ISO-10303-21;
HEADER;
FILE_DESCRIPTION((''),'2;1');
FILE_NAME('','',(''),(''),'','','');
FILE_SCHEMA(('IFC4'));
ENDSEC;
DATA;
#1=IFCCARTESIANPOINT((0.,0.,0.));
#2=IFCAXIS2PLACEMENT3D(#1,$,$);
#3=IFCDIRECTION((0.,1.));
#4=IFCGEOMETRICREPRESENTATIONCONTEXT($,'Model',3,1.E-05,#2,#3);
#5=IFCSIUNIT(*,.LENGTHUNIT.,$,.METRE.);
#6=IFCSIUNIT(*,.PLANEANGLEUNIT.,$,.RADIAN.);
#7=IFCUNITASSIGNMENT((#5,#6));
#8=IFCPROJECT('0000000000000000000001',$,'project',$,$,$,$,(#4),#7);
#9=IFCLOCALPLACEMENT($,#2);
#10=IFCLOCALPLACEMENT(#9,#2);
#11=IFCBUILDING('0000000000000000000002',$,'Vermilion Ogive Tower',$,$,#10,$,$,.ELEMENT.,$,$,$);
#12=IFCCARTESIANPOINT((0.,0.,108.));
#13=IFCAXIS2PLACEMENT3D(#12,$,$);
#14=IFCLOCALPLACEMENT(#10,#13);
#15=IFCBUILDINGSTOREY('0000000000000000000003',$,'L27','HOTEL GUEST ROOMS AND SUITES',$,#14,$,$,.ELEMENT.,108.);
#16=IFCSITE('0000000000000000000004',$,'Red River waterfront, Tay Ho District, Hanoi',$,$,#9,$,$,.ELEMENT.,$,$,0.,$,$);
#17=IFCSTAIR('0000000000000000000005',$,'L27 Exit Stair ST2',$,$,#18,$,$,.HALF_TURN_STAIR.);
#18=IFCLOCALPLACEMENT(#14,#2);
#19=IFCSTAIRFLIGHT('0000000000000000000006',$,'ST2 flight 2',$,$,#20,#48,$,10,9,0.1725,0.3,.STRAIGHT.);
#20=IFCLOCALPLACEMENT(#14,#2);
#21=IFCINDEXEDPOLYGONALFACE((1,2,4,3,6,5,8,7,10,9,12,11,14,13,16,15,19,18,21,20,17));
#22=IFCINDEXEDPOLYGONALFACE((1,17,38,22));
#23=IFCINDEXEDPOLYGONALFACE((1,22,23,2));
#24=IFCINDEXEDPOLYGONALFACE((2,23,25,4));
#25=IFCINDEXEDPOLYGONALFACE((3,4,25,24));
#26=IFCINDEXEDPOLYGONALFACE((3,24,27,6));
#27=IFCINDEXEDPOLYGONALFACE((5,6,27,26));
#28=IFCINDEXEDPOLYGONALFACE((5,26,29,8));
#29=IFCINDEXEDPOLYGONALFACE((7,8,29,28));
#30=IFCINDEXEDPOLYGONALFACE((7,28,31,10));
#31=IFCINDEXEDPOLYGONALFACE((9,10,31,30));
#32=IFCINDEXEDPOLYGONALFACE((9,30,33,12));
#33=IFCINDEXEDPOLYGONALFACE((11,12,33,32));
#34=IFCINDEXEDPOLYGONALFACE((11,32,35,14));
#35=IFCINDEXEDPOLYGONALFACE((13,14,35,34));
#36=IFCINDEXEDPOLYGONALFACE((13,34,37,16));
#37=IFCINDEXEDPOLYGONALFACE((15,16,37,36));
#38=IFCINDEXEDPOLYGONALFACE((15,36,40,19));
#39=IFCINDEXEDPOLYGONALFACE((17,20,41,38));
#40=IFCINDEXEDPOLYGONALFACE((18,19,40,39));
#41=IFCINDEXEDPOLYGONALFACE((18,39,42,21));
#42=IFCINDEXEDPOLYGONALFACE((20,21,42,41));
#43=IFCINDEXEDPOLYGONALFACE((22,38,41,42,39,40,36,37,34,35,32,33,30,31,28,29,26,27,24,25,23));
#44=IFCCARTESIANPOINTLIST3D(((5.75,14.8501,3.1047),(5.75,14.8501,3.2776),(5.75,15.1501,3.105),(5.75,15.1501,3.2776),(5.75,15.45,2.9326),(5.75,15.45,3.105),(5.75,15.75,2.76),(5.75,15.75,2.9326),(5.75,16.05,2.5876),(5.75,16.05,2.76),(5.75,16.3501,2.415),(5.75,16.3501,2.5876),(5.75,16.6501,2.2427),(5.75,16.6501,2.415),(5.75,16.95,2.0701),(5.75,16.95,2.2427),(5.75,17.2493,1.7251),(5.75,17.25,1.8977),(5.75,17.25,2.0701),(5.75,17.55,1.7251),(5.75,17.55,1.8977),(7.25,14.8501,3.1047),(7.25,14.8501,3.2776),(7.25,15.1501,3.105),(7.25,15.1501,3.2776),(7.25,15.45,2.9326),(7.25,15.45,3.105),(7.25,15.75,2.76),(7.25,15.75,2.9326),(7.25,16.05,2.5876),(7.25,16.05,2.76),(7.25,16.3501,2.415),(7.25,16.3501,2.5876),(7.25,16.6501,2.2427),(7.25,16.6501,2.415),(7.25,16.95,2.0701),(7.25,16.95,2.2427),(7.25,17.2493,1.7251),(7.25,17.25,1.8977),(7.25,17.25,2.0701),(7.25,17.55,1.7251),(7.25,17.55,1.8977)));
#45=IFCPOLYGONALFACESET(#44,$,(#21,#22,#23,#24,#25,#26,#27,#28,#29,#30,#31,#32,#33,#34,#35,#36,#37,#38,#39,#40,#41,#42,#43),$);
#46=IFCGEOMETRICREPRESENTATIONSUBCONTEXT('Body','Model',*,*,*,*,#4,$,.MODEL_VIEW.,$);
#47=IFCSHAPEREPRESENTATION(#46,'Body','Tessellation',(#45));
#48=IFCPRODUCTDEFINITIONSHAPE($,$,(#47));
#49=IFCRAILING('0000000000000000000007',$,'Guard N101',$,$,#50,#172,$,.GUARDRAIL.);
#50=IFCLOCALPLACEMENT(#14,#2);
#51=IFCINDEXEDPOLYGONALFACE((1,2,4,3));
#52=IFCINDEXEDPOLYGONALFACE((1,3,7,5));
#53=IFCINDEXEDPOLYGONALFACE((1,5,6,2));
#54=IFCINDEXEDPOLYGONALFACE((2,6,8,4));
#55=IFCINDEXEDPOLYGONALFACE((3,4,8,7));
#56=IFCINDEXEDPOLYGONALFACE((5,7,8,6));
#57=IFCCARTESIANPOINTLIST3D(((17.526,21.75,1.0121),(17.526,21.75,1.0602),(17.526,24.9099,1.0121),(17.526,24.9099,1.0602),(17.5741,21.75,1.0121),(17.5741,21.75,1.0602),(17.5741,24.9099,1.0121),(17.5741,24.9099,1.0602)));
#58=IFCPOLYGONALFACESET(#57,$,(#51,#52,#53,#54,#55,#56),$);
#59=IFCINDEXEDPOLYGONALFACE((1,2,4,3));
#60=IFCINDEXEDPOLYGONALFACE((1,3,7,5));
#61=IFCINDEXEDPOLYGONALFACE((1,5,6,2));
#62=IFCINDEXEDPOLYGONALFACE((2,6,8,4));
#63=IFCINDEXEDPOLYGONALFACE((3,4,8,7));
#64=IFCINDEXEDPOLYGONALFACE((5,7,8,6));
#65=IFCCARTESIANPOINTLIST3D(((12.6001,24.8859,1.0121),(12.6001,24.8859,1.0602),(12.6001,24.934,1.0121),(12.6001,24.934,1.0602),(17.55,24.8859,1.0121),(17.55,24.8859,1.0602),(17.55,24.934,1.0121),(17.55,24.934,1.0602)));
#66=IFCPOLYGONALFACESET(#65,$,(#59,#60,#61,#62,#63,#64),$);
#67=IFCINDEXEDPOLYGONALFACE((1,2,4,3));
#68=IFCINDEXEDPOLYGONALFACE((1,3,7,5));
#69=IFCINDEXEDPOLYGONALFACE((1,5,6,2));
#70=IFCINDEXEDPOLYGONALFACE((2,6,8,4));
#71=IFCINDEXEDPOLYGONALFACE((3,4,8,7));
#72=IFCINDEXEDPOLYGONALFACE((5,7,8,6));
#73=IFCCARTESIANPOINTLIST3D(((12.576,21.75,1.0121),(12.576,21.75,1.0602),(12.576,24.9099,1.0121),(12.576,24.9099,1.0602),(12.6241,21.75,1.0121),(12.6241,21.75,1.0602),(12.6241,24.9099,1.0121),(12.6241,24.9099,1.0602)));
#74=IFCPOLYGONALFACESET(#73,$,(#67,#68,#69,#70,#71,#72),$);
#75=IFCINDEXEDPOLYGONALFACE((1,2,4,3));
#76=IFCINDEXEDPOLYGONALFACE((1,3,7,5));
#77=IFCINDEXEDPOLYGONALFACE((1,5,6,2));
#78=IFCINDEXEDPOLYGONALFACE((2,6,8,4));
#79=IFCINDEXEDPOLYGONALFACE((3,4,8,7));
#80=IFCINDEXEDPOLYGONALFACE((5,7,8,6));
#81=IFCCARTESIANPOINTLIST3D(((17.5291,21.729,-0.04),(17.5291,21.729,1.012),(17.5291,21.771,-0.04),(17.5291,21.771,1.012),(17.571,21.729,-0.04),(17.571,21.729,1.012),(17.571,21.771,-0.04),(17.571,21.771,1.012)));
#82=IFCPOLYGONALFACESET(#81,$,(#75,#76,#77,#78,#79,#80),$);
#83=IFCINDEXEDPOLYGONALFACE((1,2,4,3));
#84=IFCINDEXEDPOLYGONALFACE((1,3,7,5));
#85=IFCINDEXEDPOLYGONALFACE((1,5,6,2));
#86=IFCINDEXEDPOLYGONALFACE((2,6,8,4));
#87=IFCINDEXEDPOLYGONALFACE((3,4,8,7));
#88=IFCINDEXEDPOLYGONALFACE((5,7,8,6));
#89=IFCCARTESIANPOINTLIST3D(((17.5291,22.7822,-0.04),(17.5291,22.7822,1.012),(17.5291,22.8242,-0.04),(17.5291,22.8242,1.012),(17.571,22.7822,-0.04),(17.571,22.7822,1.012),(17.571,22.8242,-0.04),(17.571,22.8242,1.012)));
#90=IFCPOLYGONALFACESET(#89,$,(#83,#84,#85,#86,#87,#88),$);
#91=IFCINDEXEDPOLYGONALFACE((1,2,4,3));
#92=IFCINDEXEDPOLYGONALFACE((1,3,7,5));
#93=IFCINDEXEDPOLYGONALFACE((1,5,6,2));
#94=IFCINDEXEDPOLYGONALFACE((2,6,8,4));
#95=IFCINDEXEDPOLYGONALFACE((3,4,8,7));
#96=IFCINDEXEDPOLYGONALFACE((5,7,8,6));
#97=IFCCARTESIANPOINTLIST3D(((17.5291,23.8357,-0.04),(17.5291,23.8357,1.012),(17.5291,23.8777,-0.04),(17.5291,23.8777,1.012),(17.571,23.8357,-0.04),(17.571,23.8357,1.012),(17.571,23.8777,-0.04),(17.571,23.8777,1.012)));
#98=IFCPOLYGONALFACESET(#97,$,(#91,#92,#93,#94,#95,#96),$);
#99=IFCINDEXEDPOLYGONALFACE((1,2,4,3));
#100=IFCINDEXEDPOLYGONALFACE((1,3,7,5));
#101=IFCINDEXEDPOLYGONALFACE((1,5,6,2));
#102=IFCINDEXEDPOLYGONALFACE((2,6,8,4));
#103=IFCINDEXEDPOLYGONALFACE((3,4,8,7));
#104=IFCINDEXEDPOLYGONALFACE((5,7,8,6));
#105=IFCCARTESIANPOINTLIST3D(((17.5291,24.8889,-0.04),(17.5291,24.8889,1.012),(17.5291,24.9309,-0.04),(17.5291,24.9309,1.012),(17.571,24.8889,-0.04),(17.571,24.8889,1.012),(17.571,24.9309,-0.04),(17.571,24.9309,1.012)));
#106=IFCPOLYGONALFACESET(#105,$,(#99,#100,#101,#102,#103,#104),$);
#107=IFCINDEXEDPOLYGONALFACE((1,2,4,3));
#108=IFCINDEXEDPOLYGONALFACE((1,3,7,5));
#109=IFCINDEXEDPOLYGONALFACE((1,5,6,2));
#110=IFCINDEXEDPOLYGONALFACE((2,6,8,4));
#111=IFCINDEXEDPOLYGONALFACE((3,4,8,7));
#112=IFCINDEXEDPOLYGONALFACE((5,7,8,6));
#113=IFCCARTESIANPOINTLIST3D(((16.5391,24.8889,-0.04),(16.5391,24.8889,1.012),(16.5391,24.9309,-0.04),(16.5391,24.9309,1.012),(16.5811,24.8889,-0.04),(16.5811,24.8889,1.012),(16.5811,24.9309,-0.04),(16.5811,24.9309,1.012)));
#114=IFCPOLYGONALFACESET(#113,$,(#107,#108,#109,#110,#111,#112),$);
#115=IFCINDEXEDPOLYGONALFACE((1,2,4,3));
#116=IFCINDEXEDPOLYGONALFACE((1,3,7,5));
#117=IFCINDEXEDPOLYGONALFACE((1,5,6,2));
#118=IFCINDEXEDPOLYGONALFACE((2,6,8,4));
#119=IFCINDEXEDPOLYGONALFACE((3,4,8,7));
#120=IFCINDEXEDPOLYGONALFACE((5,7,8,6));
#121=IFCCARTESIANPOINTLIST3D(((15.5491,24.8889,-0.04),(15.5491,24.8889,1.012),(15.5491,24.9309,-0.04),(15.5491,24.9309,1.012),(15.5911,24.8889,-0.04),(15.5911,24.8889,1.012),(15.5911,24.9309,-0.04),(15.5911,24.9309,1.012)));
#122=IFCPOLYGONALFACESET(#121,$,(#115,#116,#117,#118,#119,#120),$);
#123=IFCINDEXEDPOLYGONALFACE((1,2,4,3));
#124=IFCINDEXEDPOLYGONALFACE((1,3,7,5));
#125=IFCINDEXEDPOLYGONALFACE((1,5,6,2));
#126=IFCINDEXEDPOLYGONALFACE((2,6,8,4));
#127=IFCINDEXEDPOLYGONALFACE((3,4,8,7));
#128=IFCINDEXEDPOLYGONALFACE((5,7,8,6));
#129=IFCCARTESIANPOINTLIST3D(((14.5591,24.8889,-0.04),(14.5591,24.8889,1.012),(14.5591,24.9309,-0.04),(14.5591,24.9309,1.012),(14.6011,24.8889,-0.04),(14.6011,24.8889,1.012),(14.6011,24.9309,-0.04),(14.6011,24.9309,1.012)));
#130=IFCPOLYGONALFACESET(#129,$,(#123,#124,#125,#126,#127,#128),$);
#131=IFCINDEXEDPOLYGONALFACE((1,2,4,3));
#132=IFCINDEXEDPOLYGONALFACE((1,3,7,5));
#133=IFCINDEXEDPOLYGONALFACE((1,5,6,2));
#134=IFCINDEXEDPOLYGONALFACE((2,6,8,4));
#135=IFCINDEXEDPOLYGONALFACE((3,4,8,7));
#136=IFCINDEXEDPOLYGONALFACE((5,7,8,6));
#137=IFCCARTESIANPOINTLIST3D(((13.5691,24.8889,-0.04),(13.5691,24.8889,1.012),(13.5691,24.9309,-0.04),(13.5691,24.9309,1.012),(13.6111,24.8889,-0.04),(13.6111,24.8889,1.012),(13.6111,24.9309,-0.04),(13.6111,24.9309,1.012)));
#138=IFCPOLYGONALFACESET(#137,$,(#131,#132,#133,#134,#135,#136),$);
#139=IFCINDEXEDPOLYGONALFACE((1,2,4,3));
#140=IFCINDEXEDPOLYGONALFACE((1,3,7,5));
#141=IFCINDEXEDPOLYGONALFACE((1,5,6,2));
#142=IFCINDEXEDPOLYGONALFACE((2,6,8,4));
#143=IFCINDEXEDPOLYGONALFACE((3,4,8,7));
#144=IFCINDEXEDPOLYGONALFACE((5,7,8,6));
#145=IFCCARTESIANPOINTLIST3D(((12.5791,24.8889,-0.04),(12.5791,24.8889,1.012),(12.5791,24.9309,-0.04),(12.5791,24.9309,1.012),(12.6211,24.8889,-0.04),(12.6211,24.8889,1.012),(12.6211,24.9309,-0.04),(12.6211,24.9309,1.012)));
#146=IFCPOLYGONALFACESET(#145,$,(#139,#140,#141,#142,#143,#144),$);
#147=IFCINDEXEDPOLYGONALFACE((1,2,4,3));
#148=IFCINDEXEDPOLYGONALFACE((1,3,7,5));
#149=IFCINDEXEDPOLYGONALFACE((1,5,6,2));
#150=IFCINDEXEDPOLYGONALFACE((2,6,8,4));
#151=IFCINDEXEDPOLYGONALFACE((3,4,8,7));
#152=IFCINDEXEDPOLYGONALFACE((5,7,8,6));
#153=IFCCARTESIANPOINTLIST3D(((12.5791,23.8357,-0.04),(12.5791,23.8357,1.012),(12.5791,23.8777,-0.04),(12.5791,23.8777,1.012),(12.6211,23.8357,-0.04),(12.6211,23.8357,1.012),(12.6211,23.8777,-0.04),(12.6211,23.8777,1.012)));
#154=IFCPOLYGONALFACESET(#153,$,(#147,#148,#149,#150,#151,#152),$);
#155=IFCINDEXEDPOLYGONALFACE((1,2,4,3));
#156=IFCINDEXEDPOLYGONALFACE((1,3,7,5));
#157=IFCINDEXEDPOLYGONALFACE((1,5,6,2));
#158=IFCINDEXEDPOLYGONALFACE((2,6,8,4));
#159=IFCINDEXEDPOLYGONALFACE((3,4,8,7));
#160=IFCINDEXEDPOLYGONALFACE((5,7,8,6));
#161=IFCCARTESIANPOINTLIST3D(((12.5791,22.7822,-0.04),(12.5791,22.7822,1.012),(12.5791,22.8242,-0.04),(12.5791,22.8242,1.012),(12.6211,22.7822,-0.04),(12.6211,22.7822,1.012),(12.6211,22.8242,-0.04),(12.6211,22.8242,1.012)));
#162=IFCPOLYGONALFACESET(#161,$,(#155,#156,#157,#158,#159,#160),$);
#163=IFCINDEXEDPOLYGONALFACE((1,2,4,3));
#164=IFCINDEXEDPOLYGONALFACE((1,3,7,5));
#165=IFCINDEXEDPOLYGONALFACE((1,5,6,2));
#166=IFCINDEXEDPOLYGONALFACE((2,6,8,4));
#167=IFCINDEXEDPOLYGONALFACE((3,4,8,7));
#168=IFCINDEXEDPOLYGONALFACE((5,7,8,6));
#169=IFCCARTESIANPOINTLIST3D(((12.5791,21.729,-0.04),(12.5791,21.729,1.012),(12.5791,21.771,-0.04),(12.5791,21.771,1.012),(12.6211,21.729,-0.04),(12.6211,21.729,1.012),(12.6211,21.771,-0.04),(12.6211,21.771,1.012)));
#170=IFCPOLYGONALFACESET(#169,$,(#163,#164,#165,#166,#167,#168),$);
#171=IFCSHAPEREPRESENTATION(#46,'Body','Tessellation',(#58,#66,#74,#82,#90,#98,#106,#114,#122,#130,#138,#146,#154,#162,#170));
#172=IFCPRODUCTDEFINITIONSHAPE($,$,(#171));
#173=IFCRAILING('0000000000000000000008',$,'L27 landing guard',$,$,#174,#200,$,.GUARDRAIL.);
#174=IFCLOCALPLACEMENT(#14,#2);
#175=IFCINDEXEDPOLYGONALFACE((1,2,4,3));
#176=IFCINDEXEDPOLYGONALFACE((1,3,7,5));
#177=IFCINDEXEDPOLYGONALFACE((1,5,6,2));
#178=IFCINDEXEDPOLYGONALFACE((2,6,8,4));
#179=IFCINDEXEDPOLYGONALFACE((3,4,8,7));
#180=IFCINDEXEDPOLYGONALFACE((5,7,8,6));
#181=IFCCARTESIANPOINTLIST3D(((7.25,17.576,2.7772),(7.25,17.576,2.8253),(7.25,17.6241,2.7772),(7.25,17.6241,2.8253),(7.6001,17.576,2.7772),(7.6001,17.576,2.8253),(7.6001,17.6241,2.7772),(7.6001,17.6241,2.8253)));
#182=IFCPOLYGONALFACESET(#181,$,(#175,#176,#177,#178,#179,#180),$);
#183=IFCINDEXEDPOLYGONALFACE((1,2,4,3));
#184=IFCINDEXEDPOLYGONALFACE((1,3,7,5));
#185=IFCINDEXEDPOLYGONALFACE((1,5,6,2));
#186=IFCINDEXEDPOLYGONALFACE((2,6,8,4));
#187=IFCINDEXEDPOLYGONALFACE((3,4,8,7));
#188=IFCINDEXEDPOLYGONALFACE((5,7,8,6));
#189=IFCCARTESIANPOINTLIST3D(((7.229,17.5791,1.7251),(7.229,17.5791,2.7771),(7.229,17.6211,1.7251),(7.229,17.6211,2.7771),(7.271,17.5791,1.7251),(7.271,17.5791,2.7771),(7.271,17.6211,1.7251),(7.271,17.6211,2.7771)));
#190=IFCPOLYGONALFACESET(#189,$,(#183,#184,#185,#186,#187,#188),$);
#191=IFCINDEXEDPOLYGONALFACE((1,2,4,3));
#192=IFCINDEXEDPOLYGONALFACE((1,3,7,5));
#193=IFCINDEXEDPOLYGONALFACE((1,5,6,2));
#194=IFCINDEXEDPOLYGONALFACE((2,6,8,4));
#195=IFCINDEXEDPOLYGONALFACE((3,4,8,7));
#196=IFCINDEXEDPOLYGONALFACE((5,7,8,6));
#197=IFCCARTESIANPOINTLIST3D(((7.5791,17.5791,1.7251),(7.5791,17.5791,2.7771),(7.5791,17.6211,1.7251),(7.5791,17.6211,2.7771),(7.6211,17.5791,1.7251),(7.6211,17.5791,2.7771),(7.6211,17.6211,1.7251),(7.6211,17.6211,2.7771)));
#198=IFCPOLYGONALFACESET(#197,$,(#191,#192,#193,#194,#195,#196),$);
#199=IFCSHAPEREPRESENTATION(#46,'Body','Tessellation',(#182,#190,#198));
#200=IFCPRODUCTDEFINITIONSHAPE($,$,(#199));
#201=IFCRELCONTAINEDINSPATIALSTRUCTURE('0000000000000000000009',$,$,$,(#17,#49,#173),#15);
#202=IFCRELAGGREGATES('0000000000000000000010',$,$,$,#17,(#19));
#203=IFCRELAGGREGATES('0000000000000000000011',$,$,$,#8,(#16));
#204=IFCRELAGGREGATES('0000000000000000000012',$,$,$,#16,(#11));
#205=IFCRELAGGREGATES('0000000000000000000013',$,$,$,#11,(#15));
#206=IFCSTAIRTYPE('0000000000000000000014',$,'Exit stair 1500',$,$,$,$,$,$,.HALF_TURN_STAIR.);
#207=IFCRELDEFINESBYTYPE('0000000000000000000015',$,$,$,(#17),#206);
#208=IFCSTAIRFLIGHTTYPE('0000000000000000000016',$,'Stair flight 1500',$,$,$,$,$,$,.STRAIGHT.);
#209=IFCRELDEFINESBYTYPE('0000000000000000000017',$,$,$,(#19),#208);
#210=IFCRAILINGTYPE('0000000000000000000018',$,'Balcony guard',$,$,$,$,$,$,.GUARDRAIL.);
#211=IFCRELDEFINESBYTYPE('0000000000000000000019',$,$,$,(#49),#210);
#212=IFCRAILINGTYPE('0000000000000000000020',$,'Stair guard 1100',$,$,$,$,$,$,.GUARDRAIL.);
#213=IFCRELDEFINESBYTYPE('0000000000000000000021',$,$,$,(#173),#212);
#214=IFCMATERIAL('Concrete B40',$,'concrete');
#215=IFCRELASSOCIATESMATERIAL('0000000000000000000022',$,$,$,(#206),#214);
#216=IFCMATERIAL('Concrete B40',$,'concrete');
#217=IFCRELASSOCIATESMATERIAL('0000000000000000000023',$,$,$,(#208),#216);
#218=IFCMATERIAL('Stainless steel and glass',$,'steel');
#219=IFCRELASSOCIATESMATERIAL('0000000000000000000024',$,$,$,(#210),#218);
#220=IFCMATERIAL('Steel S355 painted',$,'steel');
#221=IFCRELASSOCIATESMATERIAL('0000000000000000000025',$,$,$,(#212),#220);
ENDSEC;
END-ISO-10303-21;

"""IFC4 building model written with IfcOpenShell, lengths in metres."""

from ifc_helpers import new_model, si_unit, direction, frame, origin, origin_2d, place, context, subcontext, project, spatial, polyline, rectangle, outline, extrude, material, type_object, element, aggregate, save


model = new_model("IFC4")

# Units and contexts
model_context = context("Model", 3, precision=1e-05, world=origin(), true_north=direction((0.0, 1.0)))
body_context = subcontext(model_context, "Body", "Model", "MODEL_VIEW")
ifc_project = project(units=[si_unit("LENGTHUNIT", "METRE"), si_unit("PLANEANGLEUNIT", "RADIAN")], contexts=[model_context])

# Site, building, storey
site_placement = place(None, origin())
site = spatial("IfcSite", under=ifc_project, at=site_placement, Name="Red River waterfront, Tay Ho District, Hanoi", CompositionType="ELEMENT", RefElevation=0.0)
building_placement = place(site_placement, origin())
building = spatial("IfcBuilding", under=site, at=building_placement, Name="Vermilion Ogive Tower", CompositionType="ELEMENT")
storey_placement = place(building_placement, frame((0.0, 0.0, 108.0)))
storey = spatial("IfcBuildingStorey", under=building, at=storey_placement, Name="L27", Description="HOTEL GUEST ROOMS AND SUITES", CompositionType="ELEMENT", Elevation=108.0)

# Stair, stair flight
ifc_material_1 = material(Name="Concrete B40", Category="concrete")
stair_type = type_object("IfcStairType", Name="Exit stair 1500", PredefinedType="HALF_TURN_STAIR", material=ifc_material_1)
stair_placement = place(storey_placement, origin())
stair = element("IfcStair", 1, at=stair_placement, inside=storey, type_object=stair_type, Name="L27 Exit Stair ST2", PredefinedType="HALF_TURN_STAIR")
ifc_material_2 = material(Name="Concrete B40", Category="concrete")
stair_flight_type = type_object("IfcStairFlightType", Name="Stair flight 1500", PredefinedType="STRAIGHT", material=ifc_material_2)
stair_flight_placement = place(storey_placement, frame((6.5, 17.55, 1.7251), z_axis=(0.0, 0.0, 1.0), x_axis=(0.0, -1.0, 0.0)))
stair_flight = element("IfcStairFlight", 2, at=stair_flight_placement, type_object=stair_flight_type, Name="ST2 flight 2", NumberOfRisers=10, NumberOfTreads=9, PredefinedType="STRAIGHT", RiserHeight=0.1725, TreadLength=0.3, context=body_context, shape_type="SweptSolid", body=[
    extrude(outline(polyline([(0.0, 0.0), (0.0, 0.1726), (0.3, 0.1726), (0.3, 0.345), (0.6001, 0.345), (0.6001, 0.5176), (0.8999, 0.5176), (0.8999, 0.6899), (1.2, 0.6899), (1.2, 0.8625), (1.5, 0.8625), (1.5, 1.0349), (1.8, 1.0349), (1.8, 1.2075), (2.1001, 1.2075), (2.1001, 1.3799), (2.3999, 1.3799), (2.3999, 1.5525), (2.7, 1.5525), (2.7, 1.7251), (2.7, 1.3796), (0.3008, 0.0), (0.0, 0.0)])), frame((0.0, 0.75, 0.0), z_axis=(0.0, -1.0, 0.0), x_axis=(1.0, 0.0, 0.0)), (0.0, 0.0, 1.0), 1.5),
])
aggregate(stair, [stair_flight])

# Railings
ifc_material_3 = material(Name="Stainless steel and glass", Category="steel")
railing_type_1 = type_object("IfcRailingType", Name="Balcony guard", PredefinedType="GUARDRAIL", material=ifc_material_3)
railing_1_placement = place(storey_placement, frame((17.55, 21.75, -0.04)))
element("IfcRailing", 3, at=railing_1_placement, inside=storey, type_object=railing_type_1, Name="Guard N101", PredefinedType="GUARDRAIL", context=body_context, shape_type="SweptSolid", body=[
    extrude(rectangle(XDim=0.0481, YDim=0.0481, at=origin_2d()), frame((0.0, 0.0, 1.0762), z_axis=(0.0, 1.0, 0.0), x_axis=(-1.0, 0.0, 0.0)), (0.0, 0.0, 1.0), 3.1599),
    extrude(rectangle(XDim=0.0481, YDim=0.0481, at=origin_2d()), frame((0.0, 3.1599, 1.0762), z_axis=(-1.0, 0.0, 0.0), x_axis=(0.0, -1.0, 0.0)), (0.0, 0.0, 1.0), 4.95),
    extrude(rectangle(XDim=0.0481, YDim=0.0481, at=origin_2d()), frame((-4.95, 3.1599, 1.0762), z_axis=(0.0, -1.0, 0.0), x_axis=(1.0, 0.0, 0.0)), (0.0, 0.0, 1.0), 3.1599),
    extrude(rectangle(XDim=0.042, YDim=0.042, at=origin_2d()), origin(), (0.0, 0.0, 1.0), 1.052),
    extrude(rectangle(XDim=0.042, YDim=0.042, at=origin_2d()), frame((0.0, 1.0532, 0.0)), (0.0, 0.0, 1.0), 1.052),
    extrude(rectangle(XDim=0.042, YDim=0.042, at=origin_2d()), frame((0.0, 2.1067, 0.0)), (0.0, 0.0, 1.0), 1.052),
    extrude(rectangle(XDim=0.042, YDim=0.042, at=origin_2d()), frame((0.0, 3.1599, 0.0)), (0.0, 0.0, 1.0), 1.052),
    extrude(rectangle(XDim=0.042, YDim=0.042, at=origin_2d()), frame((-0.99, 3.1599, 0.0)), (0.0, 0.0, 1.0), 1.052),
    extrude(rectangle(XDim=0.042, YDim=0.042, at=origin_2d()), frame((-1.98, 3.1599, 0.0)), (0.0, 0.0, 1.0), 1.052),
    extrude(rectangle(XDim=0.042, YDim=0.042, at=origin_2d()), frame((-2.97, 3.1599, 0.0)), (0.0, 0.0, 1.0), 1.052),
    extrude(rectangle(XDim=0.042, YDim=0.042, at=origin_2d()), frame((-3.96, 3.1599, 0.0)), (0.0, 0.0, 1.0), 1.052),
    extrude(rectangle(XDim=0.042, YDim=0.042, at=origin_2d()), frame((-4.95, 3.1599, 0.0)), (0.0, 0.0, 1.0), 1.052),
    extrude(rectangle(XDim=0.042, YDim=0.042, at=origin_2d()), frame((-4.95, 2.1067, 0.0)), (0.0, 0.0, 1.0), 1.052),
    extrude(rectangle(XDim=0.042, YDim=0.042, at=origin_2d()), frame((-4.95, 1.0532, 0.0)), (0.0, 0.0, 1.0), 1.052),
    extrude(rectangle(XDim=0.042, YDim=0.042, at=origin_2d()), frame((-4.95, 0.0, 0.0)), (0.0, 0.0, 1.0), 1.052),
])
ifc_material_4 = material(Name="Steel S355 painted", Category="steel")
railing_type_2 = type_object("IfcRailingType", Name="Stair guard 1100", PredefinedType="GUARDRAIL", material=ifc_material_4)
railing_2_placement = place(storey_placement, frame((7.25, 17.6001, 1.7251)))
element("IfcRailing", 4, at=railing_2_placement, inside=storey, type_object=railing_type_2, Name="L27 landing guard", PredefinedType="GUARDRAIL", context=body_context, shape_type="SweptSolid", body=[
    extrude(rectangle(XDim=0.0481, YDim=0.0481, at=origin_2d()), frame((0.0, 0.0, 1.0762), z_axis=(1.0, 0.0, 0.0), x_axis=(0.0, 1.0, 0.0)), (0.0, 0.0, 1.0), 0.3501),
    extrude(rectangle(XDim=0.042, YDim=0.042, at=origin_2d()), origin(), (0.0, 0.0, 1.0), 1.052),
    extrude(rectangle(XDim=0.042, YDim=0.042, at=origin_2d()), frame((0.3501, 0.0, 0.0)), (0.0, 0.0, 1.0), 1.052),
])

save(model, "model.ifc")
